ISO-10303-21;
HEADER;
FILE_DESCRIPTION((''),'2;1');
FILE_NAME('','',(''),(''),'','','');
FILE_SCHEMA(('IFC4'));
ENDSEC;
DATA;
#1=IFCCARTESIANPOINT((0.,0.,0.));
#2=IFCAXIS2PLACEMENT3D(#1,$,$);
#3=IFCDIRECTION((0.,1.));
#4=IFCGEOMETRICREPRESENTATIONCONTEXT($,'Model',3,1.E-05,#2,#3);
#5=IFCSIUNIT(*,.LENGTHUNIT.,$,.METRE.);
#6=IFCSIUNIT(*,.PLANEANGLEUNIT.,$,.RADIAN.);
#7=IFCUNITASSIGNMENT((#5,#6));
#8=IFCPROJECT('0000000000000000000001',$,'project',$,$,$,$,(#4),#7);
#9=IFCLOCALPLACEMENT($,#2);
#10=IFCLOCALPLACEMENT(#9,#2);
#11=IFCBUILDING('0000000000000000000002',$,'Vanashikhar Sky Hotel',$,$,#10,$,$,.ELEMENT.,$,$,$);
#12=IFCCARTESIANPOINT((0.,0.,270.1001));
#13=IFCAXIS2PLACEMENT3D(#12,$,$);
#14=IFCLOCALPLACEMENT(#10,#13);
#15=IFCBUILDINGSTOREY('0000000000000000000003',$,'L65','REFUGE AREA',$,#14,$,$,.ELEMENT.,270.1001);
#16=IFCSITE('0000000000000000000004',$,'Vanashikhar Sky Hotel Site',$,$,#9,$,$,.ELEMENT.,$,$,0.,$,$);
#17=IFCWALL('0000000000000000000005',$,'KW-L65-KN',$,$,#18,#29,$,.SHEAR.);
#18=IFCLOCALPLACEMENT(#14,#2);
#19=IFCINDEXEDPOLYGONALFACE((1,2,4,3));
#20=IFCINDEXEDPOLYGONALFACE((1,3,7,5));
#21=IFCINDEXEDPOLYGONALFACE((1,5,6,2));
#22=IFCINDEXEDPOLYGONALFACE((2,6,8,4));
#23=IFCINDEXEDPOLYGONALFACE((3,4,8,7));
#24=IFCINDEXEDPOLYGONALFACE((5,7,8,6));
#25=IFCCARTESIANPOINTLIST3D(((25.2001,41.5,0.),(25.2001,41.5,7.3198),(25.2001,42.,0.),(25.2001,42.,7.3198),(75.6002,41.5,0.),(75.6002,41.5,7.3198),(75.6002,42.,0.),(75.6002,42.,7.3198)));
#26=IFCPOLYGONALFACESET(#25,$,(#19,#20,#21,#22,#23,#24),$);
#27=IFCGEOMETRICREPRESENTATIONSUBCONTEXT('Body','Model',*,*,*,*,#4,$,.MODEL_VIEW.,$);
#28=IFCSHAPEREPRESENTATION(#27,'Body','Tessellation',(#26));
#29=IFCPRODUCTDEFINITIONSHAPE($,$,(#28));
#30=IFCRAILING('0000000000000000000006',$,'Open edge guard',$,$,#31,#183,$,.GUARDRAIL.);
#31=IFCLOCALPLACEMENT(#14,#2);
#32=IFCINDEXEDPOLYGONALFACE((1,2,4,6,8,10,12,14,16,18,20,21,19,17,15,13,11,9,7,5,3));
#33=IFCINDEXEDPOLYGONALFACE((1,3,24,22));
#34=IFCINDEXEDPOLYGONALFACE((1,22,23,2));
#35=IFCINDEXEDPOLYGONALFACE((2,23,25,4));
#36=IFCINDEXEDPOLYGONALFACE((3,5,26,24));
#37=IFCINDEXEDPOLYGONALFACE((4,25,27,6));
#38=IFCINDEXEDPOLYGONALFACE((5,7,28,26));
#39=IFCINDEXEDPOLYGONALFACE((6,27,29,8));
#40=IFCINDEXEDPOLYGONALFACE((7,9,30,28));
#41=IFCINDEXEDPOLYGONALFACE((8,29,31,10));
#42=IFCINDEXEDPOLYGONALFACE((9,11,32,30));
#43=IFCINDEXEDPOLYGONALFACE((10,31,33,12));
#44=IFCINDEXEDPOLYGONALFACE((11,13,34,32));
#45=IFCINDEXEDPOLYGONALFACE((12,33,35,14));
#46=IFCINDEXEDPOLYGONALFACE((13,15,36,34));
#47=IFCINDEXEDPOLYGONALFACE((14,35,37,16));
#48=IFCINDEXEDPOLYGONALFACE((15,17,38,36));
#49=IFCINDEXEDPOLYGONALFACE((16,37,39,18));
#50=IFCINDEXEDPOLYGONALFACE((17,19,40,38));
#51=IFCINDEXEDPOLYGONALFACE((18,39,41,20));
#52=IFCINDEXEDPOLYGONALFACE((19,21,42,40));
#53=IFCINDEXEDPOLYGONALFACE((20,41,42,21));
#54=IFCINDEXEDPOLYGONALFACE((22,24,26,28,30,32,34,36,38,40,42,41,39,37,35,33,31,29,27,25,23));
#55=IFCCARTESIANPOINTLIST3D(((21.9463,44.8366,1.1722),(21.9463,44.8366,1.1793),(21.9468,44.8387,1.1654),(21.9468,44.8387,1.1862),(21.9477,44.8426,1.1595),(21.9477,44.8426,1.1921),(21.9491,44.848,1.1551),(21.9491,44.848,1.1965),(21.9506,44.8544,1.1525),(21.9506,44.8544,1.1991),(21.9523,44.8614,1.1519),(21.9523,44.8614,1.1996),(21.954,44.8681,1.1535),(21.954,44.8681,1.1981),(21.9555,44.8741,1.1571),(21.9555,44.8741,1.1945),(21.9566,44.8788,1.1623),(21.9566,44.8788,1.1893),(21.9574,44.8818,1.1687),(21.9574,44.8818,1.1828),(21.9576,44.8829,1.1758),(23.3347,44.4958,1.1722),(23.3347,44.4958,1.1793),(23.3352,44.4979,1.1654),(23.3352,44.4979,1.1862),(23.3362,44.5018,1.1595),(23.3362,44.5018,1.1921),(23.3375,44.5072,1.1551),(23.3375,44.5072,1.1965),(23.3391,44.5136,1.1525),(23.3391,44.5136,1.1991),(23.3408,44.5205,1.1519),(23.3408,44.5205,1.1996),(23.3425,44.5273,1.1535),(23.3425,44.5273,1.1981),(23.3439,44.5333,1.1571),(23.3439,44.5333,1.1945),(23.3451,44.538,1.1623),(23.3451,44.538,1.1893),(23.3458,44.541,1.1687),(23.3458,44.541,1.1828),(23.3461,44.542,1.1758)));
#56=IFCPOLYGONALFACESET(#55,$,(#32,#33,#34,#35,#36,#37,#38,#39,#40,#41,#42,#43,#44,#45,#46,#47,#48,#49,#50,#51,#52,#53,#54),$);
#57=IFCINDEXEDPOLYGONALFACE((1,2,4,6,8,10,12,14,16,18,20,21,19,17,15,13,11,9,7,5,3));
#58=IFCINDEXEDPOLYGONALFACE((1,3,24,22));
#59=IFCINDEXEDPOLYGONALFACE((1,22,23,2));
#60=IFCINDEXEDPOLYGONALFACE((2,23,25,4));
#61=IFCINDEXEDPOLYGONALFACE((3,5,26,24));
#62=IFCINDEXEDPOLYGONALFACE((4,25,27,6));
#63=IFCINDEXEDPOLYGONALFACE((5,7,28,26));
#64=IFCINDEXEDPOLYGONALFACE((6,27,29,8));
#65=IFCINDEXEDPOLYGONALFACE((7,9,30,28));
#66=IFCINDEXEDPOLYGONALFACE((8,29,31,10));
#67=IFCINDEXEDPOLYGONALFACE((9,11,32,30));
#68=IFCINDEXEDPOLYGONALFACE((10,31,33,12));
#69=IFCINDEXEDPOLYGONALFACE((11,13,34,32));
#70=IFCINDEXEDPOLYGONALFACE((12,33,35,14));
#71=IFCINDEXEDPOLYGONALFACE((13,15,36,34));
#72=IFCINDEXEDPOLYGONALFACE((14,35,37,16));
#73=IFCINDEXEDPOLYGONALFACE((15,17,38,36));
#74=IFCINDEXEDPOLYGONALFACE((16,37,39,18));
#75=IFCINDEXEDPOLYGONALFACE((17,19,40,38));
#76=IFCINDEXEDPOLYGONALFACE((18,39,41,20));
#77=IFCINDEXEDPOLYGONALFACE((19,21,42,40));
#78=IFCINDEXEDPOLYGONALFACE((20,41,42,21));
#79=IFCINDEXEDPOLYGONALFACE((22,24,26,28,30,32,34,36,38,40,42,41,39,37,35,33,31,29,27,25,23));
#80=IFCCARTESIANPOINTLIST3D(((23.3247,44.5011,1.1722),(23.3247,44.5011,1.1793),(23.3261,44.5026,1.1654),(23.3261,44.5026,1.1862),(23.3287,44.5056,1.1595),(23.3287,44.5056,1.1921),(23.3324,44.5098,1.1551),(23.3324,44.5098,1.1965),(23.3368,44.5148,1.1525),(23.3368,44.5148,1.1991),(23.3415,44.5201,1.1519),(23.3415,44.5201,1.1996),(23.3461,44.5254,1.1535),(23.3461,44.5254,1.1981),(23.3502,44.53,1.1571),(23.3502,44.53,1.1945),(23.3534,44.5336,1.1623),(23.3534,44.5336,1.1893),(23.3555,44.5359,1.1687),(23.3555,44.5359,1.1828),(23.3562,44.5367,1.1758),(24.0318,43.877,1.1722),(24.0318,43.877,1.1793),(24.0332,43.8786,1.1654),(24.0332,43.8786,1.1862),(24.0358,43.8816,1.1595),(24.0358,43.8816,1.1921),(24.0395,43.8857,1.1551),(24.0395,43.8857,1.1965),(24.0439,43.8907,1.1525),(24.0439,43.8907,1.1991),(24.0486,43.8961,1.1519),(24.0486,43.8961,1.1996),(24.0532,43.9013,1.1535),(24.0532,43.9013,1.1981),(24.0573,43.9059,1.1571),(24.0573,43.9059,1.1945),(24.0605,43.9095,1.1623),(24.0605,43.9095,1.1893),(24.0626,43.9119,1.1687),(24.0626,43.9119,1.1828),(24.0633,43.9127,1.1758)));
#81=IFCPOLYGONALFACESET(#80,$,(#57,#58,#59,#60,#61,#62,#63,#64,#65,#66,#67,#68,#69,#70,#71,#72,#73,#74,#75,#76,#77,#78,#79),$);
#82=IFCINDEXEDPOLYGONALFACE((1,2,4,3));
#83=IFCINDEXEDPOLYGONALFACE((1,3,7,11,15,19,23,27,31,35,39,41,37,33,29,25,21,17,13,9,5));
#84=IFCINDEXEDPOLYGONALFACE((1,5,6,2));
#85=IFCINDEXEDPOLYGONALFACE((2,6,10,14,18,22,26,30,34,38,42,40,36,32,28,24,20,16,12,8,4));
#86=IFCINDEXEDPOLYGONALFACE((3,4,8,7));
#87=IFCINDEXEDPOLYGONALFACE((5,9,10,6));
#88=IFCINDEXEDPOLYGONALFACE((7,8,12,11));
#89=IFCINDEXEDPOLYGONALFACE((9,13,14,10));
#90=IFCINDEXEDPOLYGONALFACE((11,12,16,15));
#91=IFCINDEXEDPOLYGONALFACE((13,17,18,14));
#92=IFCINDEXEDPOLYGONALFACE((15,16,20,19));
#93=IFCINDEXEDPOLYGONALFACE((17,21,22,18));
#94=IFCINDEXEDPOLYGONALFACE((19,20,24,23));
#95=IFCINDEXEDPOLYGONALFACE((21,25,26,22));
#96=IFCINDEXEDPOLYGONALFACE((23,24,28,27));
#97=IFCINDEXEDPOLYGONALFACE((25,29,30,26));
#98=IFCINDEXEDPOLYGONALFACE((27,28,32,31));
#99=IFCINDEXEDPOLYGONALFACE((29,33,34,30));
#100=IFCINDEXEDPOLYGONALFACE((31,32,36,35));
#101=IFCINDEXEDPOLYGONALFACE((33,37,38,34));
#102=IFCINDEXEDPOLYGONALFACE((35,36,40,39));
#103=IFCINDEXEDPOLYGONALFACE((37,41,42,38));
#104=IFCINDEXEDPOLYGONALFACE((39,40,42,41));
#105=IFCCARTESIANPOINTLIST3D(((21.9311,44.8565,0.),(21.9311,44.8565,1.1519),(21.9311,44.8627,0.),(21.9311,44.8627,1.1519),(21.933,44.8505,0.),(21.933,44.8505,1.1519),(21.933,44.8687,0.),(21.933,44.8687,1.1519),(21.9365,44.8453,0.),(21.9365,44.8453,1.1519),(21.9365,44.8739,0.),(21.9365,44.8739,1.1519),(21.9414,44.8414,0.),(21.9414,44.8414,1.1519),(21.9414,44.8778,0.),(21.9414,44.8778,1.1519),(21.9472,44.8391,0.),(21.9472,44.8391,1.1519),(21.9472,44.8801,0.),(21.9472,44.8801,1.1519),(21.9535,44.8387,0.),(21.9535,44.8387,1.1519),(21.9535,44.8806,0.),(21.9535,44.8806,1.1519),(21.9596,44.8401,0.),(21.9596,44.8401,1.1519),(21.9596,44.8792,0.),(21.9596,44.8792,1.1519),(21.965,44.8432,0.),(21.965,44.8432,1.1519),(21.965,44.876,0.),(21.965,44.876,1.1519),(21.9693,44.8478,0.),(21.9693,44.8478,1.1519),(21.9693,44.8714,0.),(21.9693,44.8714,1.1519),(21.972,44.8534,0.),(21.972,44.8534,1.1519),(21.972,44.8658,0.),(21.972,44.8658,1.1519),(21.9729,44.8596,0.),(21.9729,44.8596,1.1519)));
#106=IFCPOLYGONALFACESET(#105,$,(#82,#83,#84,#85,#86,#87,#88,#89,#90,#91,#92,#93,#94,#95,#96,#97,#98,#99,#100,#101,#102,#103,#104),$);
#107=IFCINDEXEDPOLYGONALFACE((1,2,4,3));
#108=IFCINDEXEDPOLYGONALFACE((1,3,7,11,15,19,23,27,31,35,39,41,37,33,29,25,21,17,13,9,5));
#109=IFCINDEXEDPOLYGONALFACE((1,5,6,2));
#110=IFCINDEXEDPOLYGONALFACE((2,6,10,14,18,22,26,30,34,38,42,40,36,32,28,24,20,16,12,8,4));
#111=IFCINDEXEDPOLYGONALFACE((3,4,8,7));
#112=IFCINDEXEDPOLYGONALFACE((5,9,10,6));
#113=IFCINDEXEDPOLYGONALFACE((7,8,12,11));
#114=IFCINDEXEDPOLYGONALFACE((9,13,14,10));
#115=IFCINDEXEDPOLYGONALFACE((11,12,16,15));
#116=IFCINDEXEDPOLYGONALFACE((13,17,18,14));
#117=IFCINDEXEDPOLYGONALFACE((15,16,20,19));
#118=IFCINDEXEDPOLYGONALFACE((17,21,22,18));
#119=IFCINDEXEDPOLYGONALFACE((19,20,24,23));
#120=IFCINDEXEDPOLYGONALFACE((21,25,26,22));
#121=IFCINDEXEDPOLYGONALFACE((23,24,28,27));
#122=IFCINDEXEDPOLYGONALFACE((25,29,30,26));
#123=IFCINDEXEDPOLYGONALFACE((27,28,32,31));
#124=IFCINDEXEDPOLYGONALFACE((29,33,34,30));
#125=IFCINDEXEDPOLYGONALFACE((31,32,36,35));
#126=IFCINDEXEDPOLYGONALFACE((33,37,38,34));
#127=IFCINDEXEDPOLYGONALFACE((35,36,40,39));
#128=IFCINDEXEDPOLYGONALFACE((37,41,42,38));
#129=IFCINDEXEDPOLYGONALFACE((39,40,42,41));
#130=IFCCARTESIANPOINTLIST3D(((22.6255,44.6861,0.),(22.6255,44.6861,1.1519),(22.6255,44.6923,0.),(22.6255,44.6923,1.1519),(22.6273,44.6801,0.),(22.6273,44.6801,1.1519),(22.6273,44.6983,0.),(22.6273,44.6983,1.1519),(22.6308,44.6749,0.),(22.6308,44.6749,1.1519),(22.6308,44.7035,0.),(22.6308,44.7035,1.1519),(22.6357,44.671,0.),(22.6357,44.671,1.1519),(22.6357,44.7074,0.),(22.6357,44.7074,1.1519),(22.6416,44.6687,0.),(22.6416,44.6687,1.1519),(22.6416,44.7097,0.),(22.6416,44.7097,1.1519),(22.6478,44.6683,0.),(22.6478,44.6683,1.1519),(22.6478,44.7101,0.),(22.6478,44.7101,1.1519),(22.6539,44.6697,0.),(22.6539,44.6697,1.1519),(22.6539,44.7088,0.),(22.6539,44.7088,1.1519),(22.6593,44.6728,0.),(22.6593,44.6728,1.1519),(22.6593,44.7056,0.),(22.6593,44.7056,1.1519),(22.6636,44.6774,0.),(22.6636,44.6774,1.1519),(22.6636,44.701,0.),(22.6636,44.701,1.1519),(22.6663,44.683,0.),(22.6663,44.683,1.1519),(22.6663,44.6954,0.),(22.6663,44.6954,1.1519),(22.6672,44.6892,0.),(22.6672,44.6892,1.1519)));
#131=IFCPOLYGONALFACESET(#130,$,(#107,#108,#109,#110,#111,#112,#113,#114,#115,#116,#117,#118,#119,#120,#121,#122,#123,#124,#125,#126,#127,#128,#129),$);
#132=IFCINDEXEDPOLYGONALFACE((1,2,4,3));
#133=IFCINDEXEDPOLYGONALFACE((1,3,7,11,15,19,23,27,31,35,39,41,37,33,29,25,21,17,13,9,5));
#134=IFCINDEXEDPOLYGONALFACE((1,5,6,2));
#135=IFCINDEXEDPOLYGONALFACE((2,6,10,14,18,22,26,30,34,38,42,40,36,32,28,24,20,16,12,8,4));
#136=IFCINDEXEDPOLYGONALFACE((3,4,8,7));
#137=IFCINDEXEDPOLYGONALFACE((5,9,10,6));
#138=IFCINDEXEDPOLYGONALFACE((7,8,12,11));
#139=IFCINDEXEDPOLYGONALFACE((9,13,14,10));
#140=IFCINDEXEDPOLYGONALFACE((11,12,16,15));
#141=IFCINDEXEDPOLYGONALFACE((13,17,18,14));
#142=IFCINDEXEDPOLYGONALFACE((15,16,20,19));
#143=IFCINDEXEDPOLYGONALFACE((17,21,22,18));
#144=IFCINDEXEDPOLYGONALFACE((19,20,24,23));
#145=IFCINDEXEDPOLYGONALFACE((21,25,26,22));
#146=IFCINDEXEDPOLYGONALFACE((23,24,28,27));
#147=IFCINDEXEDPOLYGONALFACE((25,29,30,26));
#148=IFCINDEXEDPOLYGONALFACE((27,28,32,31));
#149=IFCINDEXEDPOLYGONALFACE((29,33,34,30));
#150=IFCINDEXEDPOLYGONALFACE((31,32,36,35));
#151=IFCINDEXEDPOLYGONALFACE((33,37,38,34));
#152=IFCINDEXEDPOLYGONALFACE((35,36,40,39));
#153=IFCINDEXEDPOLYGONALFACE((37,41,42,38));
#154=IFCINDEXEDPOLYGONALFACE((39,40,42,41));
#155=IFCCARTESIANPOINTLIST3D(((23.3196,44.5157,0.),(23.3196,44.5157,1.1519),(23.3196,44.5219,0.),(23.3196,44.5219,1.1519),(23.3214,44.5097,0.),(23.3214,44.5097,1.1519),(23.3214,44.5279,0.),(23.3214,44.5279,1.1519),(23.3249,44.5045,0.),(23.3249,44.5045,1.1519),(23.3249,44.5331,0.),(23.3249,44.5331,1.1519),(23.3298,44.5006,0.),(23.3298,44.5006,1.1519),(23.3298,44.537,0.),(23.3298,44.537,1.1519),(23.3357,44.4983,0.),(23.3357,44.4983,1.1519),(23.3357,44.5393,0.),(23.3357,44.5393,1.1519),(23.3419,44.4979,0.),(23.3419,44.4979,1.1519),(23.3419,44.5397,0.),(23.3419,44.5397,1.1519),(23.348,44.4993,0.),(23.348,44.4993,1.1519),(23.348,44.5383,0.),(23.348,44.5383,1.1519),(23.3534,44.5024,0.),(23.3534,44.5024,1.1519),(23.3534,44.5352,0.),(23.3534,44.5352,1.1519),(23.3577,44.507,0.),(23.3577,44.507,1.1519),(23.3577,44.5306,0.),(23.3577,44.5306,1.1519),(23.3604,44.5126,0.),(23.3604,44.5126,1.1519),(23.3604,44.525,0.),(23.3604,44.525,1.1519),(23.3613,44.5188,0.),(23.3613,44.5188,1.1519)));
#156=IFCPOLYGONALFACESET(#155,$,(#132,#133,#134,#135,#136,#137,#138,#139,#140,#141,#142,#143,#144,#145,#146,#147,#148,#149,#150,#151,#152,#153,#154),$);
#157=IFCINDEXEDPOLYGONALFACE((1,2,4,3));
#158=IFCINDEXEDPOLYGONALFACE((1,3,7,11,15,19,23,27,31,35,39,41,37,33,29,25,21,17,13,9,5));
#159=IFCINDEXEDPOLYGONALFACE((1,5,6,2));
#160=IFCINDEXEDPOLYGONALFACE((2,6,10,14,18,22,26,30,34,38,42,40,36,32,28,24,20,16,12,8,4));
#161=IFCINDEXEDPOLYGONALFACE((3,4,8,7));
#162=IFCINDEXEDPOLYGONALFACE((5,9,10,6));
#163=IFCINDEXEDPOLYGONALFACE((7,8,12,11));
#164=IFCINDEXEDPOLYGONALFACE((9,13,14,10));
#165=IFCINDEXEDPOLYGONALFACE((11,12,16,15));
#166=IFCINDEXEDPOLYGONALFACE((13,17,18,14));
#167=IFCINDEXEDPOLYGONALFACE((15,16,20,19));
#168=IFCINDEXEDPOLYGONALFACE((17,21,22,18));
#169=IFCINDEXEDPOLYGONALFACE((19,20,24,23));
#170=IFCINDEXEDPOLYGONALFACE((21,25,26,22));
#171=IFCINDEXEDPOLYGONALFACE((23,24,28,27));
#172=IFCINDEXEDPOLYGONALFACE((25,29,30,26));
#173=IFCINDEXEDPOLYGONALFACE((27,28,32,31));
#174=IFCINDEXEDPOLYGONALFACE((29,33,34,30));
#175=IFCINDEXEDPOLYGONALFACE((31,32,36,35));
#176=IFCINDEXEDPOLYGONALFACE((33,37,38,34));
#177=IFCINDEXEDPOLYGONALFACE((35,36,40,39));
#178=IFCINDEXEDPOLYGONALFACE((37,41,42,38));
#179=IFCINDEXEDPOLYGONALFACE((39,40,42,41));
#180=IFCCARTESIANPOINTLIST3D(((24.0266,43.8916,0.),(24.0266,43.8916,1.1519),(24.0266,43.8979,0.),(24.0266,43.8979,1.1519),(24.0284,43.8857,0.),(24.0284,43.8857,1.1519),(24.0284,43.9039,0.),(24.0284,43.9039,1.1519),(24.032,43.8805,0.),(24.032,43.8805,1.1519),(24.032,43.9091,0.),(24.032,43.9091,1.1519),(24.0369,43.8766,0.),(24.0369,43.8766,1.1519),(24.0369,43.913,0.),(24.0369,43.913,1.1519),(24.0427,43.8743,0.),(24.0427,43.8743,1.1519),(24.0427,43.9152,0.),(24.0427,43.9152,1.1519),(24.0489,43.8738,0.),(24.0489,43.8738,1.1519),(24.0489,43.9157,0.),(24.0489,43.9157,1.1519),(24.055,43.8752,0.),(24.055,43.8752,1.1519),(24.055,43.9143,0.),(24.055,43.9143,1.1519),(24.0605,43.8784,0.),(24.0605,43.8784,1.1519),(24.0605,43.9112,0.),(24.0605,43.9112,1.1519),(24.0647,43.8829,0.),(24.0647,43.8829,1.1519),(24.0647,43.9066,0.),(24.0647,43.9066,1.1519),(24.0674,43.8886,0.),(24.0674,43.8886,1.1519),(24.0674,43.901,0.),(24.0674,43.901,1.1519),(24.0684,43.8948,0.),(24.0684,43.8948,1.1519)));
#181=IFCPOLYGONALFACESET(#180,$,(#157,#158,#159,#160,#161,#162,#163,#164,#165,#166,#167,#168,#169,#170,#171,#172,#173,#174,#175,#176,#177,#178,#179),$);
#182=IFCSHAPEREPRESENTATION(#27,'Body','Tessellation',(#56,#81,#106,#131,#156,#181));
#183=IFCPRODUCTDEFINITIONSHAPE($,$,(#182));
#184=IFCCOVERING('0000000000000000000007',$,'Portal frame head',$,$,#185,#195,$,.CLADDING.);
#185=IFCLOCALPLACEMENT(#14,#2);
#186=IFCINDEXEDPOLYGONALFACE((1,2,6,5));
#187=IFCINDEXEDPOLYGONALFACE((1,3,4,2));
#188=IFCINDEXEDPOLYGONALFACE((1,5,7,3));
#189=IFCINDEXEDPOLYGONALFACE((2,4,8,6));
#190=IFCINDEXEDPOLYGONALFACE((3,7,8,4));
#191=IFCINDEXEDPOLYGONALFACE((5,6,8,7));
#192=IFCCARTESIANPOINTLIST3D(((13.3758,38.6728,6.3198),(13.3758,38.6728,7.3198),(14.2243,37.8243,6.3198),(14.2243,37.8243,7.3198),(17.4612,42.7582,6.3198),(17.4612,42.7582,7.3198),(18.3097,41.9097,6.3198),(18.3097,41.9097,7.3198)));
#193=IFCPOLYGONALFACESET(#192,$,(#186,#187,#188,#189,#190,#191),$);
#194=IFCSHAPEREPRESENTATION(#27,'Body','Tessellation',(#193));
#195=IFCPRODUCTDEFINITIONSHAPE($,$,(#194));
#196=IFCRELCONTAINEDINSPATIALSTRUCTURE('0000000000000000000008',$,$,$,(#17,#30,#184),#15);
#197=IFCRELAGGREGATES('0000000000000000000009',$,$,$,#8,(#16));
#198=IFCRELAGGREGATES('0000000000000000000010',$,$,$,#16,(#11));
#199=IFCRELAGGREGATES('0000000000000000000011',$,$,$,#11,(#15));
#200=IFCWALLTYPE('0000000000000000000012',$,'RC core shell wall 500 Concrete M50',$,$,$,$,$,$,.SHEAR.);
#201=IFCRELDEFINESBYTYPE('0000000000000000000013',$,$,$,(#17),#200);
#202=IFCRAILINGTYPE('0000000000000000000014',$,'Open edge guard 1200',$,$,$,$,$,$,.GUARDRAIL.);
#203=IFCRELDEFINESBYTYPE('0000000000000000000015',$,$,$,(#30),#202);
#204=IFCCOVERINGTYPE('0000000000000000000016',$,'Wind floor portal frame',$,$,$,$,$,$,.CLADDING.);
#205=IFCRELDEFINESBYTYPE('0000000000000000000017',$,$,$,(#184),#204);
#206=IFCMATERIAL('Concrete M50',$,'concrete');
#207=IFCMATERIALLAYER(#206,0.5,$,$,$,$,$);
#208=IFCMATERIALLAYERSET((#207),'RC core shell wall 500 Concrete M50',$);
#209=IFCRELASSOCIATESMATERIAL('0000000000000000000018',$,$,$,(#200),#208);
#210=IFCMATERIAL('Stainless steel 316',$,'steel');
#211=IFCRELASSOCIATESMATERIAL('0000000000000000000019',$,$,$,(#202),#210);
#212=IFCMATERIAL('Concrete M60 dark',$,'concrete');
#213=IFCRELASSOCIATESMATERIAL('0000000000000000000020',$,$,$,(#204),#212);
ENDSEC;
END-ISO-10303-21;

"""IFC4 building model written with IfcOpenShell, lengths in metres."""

from ifc_helpers import new_model, si_unit, direction, frame, frame_2d, origin, origin_2d, place, context, subcontext, project, spatial, rectangle, circle, extrude, source, transform, mapped, material, layer, layer_set, type_object, element, save


model = new_model("IFC4")

# Units and contexts
model_context = context("Model", 3, precision=1e-05, world=origin(), true_north=direction((0.0, 1.0)))
body_context = subcontext(model_context, "Body", "Model", "MODEL_VIEW")
ifc_project = project(units=[si_unit("LENGTHUNIT", "METRE"), si_unit("PLANEANGLEUNIT", "RADIAN")], contexts=[model_context])

# Site, building, storey
site_placement = place(None, origin())
site = spatial("IfcSite", under=ifc_project, at=site_placement, Name="Vanashikhar Sky Hotel Site", CompositionType="ELEMENT", RefElevation=0.0)
building_placement = place(site_placement, origin())
building = spatial("IfcBuilding", under=site, at=building_placement, Name="Vanashikhar Sky Hotel", CompositionType="ELEMENT")
storey_placement = place(building_placement, frame((0.0, 0.0, 270.1001)))
storey = spatial("IfcBuildingStorey", under=building, at=storey_placement, Name="L65", Description="REFUGE AREA", CompositionType="ELEMENT", Elevation=270.1001)

# Wall
ifc_material_1 = material(Name="Concrete M50", Category="concrete")
ifc_layer = layer(ifc_material_1, 0.5)
ifc_layer_set = layer_set([ifc_layer], Name="RC core shell wall 500 Concrete M50")
wall_type = type_object("IfcWallType", Name="RC core shell wall 500 Concrete M50", PredefinedType="SHEAR", material=ifc_layer_set)
shared_shape_1 = source(origin(), body_context, "Body", "SweptSolid", [
    extrude(rectangle(XDim=50.4001, YDim=0.5, at=frame_2d((25.2002, 0.0))), origin(), (0.0, 0.0, 1.0), 7.3198),
])
wall_placement = place(storey_placement, frame((25.2, 41.75, 0.0), z_axis=(0.0, 0.0, 1.0), x_axis=(1.0, 0.0, 0.0)))
element("IfcWall", 1, at=wall_placement, inside=storey, type_object=wall_type, Name="KW-L65-KN", PredefinedType="SHEAR", context=body_context, shape_type="MappedRepresentation", body=[
    mapped(shared_shape_1, transform((0.0, 0.0, 0.0), scale=1.0)),
])

# Railing
ifc_material_2 = material(Name="Stainless steel 316", Category="steel")
railing_type = type_object("IfcRailingType", Name="Open edge guard 1200", PredefinedType="GUARDRAIL", material=ifc_material_2)
shared_shape_2 = source(origin(), body_context, "Body", "SweptSolid", [
    extrude(circle(Radius=0.0239, at=origin_2d()), frame((0.0, 0.0, 1.1758), z_axis=(0.971168, -0.238395, 0.0), x_axis=(0.238395, 0.971168, 0.0)), (0.0, 0.0, 1.0), 1.4297),
    extrude(circle(Radius=0.0239, at=origin_2d()), frame((1.3884, -0.3408, 1.1758), z_axis=(0.749747, -0.661724, 0.0), x_axis=(0.661724, 0.749747, 0.0)), (0.0, 0.0, 1.0), 0.9431),
    extrude(circle(Radius=0.021, at=origin_2d()), origin(), (0.0, 0.0, 1.0), 1.1519),
    extrude(circle(Radius=0.021, at=origin_2d()), frame((0.6943, -0.1704, 0.0)), (0.0, 0.0, 1.0), 1.1519),
    extrude(circle(Radius=0.021, at=origin_2d()), frame((1.3884, -0.3408, 0.0)), (0.0, 0.0, 1.0), 1.1519),
    extrude(circle(Radius=0.021, at=origin_2d()), frame((2.0955, -0.9648, 0.0)), (0.0, 0.0, 1.0), 1.1519),
])
railing_1_placement = place(storey_placement, frame((21.9519, 44.8596, 0.0)))
element("IfcRailing", 2, at=railing_1_placement, inside=storey, type_object=railing_type, Name="Open edge guard", PredefinedType="GUARDRAIL", context=body_context, shape_type="MappedRepresentation", body=[
    mapped(shared_shape_2, transform((0.0, 0.0, 0.0), scale=1.0)),
])

# Covering
ifc_material_3 = material(Name="Concrete M60 dark", Category="concrete")
covering_type = type_object("IfcCoveringType", Name="Wind floor portal frame", PredefinedType="CLADDING", material=ifc_material_3)
shared_shape_3 = source(origin(), body_context, "Body", "SweptSolid", [
    extrude(rectangle(XDim=5.7776, YDim=1.2, at=origin_2d()), origin(), (0.0, 0.0, 1.0), 1.0),
])
covering_1_placement = place(storey_placement, frame((15.8428, 40.2913, 6.3198), z_axis=(0.0, 0.0, 1.0), x_axis=(-0.707107, -0.707107, 0.0)))
element("IfcCovering", 3, at=covering_1_placement, inside=storey, type_object=covering_type, Name="Portal frame head", PredefinedType="CLADDING", context=body_context, shape_type="MappedRepresentation", body=[
    mapped(shared_shape_3, transform((0.0, 0.0, 0.0), scale=1.0)),
])

save(model, "model.ifc")
